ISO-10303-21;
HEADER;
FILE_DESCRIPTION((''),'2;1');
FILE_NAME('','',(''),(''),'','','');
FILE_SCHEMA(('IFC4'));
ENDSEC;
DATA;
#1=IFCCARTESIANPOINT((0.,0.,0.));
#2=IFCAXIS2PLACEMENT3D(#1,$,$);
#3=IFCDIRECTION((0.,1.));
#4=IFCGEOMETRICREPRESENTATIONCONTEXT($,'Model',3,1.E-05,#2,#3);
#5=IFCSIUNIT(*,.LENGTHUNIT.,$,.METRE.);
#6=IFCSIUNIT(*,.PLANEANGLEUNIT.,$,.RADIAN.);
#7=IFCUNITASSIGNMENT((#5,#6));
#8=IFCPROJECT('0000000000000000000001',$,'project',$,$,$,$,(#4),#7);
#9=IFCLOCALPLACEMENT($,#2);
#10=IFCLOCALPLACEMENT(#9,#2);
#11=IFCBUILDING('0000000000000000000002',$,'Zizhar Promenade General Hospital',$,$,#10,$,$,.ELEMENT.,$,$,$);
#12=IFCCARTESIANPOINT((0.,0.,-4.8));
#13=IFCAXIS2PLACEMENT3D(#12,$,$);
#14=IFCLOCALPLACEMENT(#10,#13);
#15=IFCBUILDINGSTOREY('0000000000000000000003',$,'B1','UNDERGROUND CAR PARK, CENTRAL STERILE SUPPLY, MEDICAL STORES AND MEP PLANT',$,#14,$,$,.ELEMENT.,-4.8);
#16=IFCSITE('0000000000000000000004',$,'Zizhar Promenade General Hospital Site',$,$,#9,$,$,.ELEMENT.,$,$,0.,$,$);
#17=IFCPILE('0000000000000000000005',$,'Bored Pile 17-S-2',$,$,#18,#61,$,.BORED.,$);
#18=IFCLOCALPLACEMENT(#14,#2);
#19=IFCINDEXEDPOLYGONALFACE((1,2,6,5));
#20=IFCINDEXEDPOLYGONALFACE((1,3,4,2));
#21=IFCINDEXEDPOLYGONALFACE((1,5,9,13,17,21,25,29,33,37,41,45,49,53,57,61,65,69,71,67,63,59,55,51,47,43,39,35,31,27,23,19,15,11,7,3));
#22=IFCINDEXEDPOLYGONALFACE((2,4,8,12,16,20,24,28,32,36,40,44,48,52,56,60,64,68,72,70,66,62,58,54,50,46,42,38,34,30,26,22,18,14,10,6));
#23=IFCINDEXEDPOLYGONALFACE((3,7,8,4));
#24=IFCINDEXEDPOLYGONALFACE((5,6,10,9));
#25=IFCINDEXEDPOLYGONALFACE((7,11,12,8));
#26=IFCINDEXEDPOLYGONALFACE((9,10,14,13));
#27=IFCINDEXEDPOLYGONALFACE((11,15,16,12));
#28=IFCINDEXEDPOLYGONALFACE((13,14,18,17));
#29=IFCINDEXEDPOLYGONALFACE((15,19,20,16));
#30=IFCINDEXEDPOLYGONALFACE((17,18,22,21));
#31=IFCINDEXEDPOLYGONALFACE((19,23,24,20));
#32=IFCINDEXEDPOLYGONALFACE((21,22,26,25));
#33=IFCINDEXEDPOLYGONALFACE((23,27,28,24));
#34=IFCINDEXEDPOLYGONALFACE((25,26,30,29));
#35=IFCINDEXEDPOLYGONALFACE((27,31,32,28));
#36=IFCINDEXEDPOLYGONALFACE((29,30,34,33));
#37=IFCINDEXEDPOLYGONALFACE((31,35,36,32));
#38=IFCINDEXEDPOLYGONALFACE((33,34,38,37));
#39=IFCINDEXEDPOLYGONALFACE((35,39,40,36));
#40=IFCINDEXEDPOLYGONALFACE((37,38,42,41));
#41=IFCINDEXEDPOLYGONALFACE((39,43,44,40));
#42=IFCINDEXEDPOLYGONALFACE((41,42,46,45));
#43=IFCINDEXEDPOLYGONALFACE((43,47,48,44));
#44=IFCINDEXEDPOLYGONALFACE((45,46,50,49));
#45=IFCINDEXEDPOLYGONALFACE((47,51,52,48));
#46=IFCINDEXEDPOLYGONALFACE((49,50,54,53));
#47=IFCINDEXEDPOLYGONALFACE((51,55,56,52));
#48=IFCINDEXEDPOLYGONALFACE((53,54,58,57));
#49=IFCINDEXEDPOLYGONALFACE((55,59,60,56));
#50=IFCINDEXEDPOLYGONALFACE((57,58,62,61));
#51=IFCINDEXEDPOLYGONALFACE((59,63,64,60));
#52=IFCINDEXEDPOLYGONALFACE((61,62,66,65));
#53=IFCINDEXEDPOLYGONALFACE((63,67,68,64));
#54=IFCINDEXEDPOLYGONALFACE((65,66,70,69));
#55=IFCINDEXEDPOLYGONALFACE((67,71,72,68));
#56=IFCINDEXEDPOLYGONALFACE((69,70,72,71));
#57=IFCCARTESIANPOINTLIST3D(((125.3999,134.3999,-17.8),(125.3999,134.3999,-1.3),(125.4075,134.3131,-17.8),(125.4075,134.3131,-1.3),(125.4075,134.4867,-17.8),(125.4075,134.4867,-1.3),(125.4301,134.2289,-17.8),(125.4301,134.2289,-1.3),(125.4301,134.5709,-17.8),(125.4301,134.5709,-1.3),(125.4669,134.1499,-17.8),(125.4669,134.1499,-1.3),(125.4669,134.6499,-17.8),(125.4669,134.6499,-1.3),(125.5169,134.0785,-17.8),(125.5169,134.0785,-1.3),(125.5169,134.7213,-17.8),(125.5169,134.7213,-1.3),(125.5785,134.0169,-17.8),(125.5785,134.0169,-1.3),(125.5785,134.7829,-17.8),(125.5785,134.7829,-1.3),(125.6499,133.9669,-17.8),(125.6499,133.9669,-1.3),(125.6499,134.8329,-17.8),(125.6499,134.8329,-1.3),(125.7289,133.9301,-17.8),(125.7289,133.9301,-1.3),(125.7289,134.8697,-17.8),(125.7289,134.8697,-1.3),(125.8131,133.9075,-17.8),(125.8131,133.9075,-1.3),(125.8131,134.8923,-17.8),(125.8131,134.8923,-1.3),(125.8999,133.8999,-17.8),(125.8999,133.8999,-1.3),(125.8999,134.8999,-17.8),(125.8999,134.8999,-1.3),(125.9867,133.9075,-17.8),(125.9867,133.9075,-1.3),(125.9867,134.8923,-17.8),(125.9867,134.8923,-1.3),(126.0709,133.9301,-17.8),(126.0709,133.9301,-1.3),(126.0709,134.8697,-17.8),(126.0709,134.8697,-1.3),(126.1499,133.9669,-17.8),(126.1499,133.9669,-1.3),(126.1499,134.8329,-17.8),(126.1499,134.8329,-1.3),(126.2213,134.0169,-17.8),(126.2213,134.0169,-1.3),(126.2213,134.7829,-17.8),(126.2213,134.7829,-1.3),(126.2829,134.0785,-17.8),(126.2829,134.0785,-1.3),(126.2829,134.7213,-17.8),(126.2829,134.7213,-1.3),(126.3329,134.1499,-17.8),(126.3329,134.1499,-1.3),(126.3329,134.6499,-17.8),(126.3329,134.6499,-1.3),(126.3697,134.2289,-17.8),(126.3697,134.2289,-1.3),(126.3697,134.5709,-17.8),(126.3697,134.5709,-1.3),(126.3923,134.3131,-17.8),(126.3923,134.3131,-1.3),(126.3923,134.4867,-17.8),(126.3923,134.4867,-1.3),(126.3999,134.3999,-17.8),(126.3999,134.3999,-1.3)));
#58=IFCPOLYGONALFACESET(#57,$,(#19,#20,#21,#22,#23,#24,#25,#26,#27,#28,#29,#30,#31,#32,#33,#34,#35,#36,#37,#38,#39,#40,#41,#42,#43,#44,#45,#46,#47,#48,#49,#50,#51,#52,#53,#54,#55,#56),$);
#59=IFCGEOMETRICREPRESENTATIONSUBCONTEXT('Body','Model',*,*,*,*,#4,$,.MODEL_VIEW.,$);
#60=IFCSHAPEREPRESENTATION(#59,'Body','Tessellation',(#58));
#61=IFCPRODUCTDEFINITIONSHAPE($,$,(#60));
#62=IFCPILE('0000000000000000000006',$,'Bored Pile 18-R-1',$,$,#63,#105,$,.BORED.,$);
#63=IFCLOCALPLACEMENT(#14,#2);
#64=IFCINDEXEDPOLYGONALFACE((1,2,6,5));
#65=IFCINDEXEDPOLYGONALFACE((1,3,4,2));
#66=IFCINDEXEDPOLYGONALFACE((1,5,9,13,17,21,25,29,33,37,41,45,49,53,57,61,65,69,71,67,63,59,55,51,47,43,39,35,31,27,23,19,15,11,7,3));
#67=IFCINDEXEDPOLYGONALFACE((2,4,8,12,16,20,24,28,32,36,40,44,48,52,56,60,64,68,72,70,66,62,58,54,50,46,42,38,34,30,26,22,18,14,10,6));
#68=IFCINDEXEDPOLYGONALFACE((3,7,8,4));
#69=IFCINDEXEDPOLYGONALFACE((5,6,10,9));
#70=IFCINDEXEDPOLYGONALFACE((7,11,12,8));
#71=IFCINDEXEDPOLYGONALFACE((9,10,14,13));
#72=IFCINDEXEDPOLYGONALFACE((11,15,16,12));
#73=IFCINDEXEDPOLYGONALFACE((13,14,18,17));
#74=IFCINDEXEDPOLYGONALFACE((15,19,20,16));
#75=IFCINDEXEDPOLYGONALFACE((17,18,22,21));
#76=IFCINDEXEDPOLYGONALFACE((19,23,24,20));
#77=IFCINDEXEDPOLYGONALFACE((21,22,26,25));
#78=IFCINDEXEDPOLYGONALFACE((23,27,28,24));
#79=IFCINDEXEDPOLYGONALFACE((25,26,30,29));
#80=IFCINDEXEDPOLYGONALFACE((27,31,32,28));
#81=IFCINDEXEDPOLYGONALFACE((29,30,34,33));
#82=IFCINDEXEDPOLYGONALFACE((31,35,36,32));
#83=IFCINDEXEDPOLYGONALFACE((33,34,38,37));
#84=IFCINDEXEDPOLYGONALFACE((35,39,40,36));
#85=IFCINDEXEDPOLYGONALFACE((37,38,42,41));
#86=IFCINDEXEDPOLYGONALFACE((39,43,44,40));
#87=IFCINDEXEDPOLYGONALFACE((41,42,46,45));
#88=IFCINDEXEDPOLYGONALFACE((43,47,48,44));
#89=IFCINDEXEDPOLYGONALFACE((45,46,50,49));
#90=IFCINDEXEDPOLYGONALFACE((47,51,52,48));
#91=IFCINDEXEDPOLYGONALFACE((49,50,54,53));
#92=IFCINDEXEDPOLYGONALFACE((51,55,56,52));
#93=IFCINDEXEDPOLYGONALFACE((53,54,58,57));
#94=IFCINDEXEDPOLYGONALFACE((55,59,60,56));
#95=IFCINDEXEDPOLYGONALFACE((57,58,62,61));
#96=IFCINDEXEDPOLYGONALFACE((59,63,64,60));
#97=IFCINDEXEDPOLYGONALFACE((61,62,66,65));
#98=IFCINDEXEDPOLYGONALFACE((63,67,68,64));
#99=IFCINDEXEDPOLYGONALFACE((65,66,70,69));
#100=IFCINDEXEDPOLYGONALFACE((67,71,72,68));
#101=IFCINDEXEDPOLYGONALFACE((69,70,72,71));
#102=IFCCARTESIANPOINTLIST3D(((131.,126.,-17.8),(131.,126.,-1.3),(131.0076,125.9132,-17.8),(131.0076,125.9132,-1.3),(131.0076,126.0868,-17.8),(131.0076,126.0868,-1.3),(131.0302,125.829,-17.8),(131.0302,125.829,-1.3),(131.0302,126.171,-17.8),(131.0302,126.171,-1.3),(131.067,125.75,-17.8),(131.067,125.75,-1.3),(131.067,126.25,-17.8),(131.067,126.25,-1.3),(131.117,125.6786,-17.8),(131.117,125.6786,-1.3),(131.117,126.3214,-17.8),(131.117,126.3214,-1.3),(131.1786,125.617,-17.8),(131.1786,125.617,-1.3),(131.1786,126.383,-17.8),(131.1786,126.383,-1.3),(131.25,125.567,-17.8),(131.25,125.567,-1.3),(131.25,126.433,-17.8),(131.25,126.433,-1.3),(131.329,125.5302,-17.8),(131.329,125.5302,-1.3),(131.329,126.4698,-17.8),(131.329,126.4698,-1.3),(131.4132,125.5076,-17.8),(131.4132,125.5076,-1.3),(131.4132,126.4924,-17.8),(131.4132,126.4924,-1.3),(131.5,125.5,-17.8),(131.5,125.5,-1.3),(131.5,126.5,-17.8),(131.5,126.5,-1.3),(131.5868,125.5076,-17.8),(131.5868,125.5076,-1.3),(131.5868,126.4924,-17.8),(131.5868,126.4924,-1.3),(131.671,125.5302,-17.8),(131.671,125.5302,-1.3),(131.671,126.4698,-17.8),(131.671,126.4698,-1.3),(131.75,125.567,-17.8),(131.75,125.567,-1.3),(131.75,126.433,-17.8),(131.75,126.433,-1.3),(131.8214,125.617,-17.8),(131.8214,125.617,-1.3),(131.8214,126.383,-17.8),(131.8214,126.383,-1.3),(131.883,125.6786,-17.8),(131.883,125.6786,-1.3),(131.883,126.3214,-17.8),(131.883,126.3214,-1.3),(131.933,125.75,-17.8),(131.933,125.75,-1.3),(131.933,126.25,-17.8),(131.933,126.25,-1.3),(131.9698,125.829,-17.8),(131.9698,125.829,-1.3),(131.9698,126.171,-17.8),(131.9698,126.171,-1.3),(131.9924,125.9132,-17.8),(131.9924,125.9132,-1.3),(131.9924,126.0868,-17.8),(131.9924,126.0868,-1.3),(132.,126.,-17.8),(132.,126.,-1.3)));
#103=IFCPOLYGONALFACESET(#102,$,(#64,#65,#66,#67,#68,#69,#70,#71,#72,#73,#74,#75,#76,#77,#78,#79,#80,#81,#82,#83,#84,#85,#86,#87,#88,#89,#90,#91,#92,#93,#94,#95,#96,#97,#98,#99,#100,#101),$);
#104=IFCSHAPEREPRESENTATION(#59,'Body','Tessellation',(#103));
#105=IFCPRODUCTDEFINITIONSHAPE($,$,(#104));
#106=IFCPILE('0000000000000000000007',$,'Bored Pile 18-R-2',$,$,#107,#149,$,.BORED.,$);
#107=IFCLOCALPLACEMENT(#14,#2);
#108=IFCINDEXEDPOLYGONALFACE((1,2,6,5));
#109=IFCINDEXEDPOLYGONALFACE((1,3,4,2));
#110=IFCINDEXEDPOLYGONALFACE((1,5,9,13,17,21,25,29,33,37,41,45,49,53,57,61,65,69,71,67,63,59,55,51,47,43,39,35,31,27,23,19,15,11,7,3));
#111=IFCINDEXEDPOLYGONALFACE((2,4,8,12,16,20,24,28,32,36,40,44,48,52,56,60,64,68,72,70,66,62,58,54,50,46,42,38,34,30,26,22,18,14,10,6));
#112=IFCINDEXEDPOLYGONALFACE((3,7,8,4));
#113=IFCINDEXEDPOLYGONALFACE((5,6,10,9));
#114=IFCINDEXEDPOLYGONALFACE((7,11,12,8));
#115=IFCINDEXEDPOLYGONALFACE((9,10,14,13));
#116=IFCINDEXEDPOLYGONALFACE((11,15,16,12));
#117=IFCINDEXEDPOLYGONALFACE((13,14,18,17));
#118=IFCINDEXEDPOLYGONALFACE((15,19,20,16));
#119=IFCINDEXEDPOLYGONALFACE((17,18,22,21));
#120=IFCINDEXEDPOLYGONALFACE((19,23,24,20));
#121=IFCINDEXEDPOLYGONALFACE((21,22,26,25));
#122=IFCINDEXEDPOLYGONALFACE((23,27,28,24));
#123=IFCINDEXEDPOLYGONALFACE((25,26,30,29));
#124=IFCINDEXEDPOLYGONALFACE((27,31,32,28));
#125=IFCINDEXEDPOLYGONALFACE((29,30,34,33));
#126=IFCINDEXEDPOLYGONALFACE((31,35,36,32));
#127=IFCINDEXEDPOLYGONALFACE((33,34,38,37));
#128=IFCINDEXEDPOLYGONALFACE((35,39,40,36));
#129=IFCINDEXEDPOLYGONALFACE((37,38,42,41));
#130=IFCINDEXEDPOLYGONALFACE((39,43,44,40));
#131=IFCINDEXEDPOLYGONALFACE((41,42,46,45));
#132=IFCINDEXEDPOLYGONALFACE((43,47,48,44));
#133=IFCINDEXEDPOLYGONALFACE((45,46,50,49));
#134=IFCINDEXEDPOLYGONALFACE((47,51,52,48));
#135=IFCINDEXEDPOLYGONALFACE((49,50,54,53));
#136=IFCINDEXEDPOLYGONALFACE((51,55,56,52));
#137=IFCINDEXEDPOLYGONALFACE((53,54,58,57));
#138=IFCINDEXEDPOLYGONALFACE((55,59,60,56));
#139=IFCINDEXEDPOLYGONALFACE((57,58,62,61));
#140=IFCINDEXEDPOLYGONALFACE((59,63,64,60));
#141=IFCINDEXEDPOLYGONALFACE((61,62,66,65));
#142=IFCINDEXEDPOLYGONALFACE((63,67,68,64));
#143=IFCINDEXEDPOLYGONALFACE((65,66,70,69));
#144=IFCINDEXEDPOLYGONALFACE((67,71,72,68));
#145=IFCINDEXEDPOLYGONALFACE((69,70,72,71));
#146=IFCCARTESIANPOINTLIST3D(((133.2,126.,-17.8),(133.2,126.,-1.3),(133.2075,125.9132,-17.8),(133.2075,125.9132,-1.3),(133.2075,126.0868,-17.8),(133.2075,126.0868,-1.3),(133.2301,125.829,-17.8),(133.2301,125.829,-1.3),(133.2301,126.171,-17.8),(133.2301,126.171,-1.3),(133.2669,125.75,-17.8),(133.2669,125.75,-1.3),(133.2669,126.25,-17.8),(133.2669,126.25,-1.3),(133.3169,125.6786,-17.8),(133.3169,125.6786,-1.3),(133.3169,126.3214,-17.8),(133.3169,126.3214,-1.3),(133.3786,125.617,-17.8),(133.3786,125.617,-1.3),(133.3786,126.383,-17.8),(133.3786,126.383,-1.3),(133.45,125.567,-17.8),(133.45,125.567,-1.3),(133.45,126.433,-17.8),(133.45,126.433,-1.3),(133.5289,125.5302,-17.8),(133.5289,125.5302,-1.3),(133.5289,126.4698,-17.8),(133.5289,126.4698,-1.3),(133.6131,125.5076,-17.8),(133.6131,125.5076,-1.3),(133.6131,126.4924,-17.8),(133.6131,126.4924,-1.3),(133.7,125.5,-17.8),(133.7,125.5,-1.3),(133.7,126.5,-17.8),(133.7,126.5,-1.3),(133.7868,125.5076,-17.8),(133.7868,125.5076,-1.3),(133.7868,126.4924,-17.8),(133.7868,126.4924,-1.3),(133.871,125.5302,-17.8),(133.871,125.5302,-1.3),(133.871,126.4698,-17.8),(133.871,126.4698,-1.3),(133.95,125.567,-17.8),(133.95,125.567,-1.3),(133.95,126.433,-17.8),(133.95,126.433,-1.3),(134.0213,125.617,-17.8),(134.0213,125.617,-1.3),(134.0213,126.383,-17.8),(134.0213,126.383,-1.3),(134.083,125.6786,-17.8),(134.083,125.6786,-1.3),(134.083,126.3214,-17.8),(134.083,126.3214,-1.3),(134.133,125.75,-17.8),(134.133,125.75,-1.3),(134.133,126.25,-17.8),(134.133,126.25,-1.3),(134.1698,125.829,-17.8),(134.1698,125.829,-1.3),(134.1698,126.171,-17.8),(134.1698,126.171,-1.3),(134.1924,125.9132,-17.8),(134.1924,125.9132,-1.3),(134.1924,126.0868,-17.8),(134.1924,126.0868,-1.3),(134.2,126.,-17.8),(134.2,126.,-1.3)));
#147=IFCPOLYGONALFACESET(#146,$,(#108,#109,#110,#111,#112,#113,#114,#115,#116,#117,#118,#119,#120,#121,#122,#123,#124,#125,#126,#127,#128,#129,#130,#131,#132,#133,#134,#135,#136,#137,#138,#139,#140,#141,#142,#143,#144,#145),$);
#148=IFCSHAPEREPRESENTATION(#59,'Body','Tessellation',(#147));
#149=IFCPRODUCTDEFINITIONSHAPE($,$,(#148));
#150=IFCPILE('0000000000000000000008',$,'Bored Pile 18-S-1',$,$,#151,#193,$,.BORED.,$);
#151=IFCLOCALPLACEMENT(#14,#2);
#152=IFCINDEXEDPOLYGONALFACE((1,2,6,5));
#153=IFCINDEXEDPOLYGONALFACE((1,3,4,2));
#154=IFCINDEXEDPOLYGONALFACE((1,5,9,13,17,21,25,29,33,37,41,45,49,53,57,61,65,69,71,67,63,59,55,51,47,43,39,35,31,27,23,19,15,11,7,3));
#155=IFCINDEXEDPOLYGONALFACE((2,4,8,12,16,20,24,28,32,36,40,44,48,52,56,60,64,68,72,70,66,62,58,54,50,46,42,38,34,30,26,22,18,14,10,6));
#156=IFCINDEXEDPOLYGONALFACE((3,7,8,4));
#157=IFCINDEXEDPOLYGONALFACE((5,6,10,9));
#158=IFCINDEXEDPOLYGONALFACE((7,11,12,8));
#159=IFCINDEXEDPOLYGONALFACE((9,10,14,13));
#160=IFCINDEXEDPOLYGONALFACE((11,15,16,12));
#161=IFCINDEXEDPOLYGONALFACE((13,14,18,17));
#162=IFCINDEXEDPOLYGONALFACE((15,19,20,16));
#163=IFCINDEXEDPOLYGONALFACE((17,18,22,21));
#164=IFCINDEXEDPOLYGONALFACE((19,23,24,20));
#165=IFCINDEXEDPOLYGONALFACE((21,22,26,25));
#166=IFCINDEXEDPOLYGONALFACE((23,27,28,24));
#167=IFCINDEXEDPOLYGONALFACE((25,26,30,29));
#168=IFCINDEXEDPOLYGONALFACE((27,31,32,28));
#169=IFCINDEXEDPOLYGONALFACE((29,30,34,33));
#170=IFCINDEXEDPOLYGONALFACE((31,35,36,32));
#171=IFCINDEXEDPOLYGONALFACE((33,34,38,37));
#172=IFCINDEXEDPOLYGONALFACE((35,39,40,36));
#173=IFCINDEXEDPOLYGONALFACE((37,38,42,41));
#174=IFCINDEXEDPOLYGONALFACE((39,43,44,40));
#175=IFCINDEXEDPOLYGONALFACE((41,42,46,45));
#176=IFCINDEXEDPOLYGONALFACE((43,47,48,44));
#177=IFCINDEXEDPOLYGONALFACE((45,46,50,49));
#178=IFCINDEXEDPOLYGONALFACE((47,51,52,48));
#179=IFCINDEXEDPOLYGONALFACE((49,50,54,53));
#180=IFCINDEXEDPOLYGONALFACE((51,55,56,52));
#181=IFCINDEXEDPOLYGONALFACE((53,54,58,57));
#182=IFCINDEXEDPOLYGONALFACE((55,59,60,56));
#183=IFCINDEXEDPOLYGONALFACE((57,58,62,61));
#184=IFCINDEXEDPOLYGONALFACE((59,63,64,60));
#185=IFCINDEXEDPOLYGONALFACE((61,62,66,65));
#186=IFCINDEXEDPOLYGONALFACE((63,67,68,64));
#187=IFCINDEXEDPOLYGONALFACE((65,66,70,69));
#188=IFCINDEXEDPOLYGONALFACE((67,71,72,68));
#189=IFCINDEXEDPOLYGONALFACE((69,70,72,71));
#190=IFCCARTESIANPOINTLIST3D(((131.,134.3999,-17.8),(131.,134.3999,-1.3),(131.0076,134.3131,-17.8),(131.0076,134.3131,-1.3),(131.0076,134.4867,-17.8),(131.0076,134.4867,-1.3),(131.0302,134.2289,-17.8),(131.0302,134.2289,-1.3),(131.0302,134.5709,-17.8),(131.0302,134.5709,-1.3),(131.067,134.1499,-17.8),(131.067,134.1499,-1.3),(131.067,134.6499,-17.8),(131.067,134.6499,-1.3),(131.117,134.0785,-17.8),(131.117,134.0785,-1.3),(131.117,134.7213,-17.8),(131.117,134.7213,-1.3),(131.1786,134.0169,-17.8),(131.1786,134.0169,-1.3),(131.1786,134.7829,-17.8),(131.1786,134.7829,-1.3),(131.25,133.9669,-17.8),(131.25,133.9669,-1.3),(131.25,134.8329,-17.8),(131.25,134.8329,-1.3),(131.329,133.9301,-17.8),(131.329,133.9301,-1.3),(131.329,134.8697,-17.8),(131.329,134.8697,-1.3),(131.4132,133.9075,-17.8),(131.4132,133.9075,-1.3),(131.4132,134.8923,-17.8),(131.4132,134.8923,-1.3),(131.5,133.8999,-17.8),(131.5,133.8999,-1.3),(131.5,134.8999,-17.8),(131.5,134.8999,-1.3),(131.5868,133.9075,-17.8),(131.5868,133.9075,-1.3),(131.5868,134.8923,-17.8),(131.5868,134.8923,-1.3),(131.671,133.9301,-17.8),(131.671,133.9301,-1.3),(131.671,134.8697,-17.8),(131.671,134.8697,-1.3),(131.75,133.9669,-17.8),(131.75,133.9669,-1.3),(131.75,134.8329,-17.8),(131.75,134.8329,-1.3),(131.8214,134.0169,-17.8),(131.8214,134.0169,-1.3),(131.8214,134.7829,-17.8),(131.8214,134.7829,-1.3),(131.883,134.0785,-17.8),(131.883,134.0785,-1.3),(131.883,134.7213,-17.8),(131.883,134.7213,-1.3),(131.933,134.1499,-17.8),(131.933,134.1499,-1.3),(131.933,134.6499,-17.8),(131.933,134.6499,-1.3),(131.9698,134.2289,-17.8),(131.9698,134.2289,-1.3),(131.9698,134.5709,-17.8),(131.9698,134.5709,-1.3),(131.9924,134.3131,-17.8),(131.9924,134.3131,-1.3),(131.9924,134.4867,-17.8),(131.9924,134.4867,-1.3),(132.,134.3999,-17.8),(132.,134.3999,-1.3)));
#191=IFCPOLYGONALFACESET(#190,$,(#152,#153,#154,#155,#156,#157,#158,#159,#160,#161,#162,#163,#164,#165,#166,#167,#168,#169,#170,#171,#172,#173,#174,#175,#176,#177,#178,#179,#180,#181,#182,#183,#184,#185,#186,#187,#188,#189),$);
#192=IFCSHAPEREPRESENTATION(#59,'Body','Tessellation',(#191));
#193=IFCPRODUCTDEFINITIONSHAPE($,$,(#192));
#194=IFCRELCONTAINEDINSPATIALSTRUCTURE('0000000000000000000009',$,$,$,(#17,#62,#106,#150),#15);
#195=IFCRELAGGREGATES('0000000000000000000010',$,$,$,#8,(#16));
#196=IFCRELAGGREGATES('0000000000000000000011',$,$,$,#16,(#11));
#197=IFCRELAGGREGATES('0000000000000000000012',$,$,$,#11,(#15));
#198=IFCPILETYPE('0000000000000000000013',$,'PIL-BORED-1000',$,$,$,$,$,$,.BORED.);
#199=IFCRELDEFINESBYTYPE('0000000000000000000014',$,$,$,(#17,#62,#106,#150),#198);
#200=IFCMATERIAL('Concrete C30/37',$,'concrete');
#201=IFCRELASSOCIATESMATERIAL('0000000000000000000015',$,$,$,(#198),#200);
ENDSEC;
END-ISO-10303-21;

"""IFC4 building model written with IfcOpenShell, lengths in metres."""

from ifc_helpers import new_model, si_unit, direction, frame, origin, origin_2d, place, context, subcontext, project, spatial, circle, extrude, material, material_profile, profile_set, type_object, element, save


model = new_model("IFC4")

# Units and contexts
model_context = context("Model", 3, precision=1e-05, world=origin(), true_north=direction((0.0, 1.0)))
body_context = subcontext(model_context, "Body", "Model", "MODEL_VIEW")
ifc_project = project(units=[si_unit("LENGTHUNIT", "METRE"), si_unit("PLANEANGLEUNIT", "RADIAN")], contexts=[model_context])

# Site, building, storey
site_placement = place(None, origin())
site = spatial("IfcSite", under=ifc_project, at=site_placement, Name="Zizhar Promenade General Hospital Site", CompositionType="ELEMENT", RefElevation=0.0)
building_placement = place(site_placement, origin())
building = spatial("IfcBuilding", under=site, at=building_placement, Name="Zizhar Promenade General Hospital", CompositionType="ELEMENT")
storey_placement = place(building_placement, frame((0.0, 0.0, -4.8)))
storey = spatial("IfcBuildingStorey", under=building, at=storey_placement, Name="B1", Description="UNDERGROUND CAR PARK, CENTRAL STERILE SUPPLY, MEDICAL STORES AND MEP PLANT", CompositionType="ELEMENT", Elevation=-4.8)

# Piles
ifc_material_1 = material(Name="Concrete C30/37", Category="concrete")
ifc_material_profile_1 = material_profile(ifc_material_1, circle(Radius=0.5, at=origin_2d()))
ifc_profile_set_1 = profile_set([ifc_material_profile_1], Name="Concrete C30/37")
pile_type = type_object("IfcPileType", Name="PIL-BORED-1000", PredefinedType="BORED", material=ifc_profile_set_1)
for number, where, z_axis, x_axis, name in (
    (1, (125.8999, 134.3999, -1.3), (0.0, 0.0, -1.0), (1.0, 0.0, 0.0), "Bored Pile 17-S-2"),
    (2, (131.5, 126.0, -1.3), (0.0, 0.0, -1.0), (1.0, 0.0, 0.0), "Bored Pile 18-R-1"),
    (3, (133.7, 126.0, -1.3), (0.0, 0.0, -1.0), (1.0, 0.0, 0.0), "Bored Pile 18-R-2"),
    (4, (131.5, 134.3999, -1.3), (0.0, 0.0, -1.0), (1.0, 0.0, 0.0), "Bored Pile 18-S-1"),
):
    element("IfcPile", number, at=place(storey_placement, frame(where, z_axis=z_axis, x_axis=x_axis)), inside=storey, type_object=pile_type, Name=name, PredefinedType="BORED", context=body_context, shape_type="SweptSolid", body=[
        extrude(circle(Radius=0.5, at=origin_2d()), origin(), (0.0, 0.0, 1.0), 16.5),
    ])

save(model, "model.ifc")
